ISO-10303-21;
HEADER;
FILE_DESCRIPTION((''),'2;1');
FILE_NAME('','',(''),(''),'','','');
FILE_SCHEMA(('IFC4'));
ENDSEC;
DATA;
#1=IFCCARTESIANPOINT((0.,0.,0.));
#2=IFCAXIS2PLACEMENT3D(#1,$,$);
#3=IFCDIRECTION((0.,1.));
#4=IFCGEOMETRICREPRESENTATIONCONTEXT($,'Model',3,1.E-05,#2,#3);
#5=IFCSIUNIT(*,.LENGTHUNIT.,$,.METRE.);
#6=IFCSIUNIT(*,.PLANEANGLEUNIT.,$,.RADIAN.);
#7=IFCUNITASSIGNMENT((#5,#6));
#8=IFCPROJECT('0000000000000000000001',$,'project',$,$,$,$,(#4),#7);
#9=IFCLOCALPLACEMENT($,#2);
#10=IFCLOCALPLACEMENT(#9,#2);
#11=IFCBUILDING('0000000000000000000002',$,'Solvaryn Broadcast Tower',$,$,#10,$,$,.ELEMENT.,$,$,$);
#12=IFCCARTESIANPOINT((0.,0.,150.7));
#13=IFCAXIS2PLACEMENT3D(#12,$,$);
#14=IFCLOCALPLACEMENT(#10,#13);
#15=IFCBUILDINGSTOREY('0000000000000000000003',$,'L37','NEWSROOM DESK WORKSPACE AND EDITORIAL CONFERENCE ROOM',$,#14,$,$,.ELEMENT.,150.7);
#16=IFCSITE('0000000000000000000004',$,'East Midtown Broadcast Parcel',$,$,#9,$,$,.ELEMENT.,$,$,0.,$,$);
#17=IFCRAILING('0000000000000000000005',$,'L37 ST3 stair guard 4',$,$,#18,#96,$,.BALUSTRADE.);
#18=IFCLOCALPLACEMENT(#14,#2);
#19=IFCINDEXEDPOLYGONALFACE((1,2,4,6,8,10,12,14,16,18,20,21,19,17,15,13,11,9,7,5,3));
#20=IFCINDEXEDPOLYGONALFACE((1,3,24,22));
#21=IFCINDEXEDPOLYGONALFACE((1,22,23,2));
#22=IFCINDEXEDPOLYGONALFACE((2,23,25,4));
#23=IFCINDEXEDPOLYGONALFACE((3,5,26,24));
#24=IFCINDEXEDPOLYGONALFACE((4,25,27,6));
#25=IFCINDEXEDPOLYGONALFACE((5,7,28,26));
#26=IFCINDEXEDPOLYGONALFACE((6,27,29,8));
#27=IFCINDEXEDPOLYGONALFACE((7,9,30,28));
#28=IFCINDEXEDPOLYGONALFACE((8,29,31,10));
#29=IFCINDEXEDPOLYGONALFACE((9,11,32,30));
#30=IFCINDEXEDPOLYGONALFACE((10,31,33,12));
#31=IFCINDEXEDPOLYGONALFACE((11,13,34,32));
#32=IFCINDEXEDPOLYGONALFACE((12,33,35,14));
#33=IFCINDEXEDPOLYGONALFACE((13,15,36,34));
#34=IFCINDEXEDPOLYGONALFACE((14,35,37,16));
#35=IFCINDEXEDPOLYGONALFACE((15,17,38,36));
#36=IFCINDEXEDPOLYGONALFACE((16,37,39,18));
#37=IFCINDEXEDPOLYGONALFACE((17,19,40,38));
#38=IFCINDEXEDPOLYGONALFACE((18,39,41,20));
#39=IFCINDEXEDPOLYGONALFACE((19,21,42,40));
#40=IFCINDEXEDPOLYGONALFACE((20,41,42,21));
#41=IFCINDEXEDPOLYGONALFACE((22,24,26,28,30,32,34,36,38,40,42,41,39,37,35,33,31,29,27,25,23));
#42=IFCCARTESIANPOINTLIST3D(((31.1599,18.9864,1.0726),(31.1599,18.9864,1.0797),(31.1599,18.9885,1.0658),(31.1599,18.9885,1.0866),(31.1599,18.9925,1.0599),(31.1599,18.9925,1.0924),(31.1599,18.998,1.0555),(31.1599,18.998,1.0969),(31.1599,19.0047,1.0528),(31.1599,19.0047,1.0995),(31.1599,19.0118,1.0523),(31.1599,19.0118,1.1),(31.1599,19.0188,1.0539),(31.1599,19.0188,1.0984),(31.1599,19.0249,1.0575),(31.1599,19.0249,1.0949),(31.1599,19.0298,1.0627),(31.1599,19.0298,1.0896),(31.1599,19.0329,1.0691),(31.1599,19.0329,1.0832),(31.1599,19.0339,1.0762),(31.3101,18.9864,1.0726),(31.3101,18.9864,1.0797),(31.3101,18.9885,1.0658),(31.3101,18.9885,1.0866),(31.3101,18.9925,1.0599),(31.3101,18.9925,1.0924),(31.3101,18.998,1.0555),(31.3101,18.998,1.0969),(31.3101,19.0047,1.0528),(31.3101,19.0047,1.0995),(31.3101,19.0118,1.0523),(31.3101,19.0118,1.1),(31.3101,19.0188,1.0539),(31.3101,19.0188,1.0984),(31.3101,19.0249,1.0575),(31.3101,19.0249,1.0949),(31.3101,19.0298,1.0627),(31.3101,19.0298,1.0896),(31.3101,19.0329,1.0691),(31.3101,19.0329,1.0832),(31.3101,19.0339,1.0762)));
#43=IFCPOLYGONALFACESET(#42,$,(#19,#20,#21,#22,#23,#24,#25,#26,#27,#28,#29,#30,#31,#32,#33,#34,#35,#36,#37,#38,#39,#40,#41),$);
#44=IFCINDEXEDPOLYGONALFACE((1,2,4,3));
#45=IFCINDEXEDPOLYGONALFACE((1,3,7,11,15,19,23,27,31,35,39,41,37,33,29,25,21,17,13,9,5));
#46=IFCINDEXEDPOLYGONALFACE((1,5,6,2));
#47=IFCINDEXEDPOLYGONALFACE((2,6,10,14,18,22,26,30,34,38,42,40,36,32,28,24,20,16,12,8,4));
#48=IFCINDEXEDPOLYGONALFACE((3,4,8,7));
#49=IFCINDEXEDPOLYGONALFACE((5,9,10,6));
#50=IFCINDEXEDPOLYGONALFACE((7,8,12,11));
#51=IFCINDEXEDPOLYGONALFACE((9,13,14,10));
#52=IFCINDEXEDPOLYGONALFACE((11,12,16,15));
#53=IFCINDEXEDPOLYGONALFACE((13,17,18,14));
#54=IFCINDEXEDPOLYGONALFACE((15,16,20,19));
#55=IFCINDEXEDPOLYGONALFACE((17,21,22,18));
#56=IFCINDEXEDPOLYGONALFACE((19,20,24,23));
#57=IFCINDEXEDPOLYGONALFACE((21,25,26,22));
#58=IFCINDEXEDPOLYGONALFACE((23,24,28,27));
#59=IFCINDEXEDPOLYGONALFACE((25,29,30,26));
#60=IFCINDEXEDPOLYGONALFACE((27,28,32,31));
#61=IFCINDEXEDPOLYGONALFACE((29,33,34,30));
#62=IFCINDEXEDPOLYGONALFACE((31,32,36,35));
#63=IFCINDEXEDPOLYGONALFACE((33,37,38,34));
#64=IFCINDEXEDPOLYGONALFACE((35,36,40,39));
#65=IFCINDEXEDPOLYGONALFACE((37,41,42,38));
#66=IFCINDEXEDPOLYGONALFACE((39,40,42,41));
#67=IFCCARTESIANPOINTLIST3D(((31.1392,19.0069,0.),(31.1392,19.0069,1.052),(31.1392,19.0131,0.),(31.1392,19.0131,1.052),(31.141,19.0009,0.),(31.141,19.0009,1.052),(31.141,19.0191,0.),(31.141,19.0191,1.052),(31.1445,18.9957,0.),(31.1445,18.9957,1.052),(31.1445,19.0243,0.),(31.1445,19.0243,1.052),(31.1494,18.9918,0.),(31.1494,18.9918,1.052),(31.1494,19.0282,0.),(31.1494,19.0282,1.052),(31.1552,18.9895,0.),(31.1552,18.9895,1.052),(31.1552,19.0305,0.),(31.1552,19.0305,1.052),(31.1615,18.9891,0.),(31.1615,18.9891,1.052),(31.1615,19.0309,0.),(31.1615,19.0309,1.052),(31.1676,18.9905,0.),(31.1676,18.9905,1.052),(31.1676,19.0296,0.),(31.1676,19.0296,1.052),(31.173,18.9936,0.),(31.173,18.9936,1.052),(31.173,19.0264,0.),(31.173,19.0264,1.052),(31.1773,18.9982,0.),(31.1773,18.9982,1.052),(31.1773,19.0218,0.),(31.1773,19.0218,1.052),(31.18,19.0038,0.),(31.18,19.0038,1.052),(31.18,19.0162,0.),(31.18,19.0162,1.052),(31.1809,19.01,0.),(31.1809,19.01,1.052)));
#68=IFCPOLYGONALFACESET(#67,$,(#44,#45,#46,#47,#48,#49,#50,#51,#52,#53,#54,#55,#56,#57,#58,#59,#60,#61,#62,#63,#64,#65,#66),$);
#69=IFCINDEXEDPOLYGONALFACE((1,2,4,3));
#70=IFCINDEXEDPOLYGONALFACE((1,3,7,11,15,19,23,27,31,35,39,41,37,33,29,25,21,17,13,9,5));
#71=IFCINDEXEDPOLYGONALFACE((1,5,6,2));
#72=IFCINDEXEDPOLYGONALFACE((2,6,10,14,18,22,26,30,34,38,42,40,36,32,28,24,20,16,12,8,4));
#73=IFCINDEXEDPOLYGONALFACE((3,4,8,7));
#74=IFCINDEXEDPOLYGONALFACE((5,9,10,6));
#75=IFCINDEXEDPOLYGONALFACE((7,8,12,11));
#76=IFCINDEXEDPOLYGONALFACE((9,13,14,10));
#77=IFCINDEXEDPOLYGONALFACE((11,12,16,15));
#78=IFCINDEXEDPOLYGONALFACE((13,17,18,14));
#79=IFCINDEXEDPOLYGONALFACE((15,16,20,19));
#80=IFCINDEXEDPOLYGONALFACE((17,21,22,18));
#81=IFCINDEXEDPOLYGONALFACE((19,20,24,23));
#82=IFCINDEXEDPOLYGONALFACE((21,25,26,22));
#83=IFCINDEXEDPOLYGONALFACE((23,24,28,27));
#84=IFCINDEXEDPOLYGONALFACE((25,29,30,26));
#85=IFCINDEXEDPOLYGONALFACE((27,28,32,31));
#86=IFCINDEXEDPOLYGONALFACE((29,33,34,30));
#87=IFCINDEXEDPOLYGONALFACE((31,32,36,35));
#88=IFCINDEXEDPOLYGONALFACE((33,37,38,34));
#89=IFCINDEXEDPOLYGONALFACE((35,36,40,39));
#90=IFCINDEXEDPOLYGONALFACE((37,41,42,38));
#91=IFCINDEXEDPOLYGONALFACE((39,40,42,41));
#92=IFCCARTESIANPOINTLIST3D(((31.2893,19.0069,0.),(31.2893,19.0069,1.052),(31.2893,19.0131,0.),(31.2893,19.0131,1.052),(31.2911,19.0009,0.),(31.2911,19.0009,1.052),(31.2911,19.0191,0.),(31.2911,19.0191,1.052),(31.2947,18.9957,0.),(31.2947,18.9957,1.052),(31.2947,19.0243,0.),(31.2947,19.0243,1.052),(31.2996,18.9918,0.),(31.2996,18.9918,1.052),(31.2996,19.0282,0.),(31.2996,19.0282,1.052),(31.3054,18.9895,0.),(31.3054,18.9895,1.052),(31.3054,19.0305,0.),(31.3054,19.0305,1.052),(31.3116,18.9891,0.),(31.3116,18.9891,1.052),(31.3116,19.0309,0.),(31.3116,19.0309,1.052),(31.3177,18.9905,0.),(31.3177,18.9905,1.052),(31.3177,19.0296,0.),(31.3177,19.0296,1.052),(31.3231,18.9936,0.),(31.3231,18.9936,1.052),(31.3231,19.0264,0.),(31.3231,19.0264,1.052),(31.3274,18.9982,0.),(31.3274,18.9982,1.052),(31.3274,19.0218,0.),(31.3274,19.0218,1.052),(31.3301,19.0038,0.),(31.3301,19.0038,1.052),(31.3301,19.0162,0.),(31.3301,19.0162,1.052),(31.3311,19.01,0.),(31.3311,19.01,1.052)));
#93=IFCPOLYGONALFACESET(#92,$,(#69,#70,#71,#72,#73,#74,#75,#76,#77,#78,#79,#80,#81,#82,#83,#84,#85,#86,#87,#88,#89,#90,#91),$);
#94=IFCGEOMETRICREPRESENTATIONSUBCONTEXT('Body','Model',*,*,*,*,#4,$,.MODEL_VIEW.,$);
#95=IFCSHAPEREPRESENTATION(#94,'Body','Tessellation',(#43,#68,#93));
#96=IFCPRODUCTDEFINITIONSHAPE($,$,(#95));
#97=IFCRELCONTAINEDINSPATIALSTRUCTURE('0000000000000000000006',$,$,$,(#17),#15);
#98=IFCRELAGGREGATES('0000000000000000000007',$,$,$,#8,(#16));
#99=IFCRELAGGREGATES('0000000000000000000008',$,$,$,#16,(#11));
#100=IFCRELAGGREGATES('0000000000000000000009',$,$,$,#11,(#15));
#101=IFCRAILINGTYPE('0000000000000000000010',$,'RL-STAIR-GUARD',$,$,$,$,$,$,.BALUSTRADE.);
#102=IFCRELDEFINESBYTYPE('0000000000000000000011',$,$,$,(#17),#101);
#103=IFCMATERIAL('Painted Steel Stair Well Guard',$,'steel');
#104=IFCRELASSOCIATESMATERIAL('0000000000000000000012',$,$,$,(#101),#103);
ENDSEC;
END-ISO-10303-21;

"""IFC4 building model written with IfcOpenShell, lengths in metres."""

from ifc_helpers import new_model, si_unit, direction, frame, origin, origin_2d, place, context, subcontext, project, spatial, circle, extrude, material, type_object, element, save


model = new_model("IFC4")

# Units and contexts
model_context = context("Model", 3, precision=1e-05, world=origin(), true_north=direction((0.0, 1.0)))
body_context = subcontext(model_context, "Body", "Model", "MODEL_VIEW")
ifc_project = project(units=[si_unit("LENGTHUNIT", "METRE"), si_unit("PLANEANGLEUNIT", "RADIAN")], contexts=[model_context])

# Site, building, storey
site_placement = place(None, origin())
site = spatial("IfcSite", under=ifc_project, at=site_placement, Name="East Midtown Broadcast Parcel", CompositionType="ELEMENT", RefElevation=0.0)
building_placement = place(site_placement, origin())
building = spatial("IfcBuilding", under=site, at=building_placement, Name="Solvaryn Broadcast Tower", CompositionType="ELEMENT")
storey_placement = place(building_placement, frame((0.0, 0.0, 150.7)))
storey = spatial("IfcBuildingStorey", under=building, at=storey_placement, Name="L37", Description="NEWSROOM DESK WORKSPACE AND EDITORIAL CONFERENCE ROOM", CompositionType="ELEMENT", Elevation=150.7)

# Railing
ifc_material_1 = material(Name="Painted Steel Stair Well Guard", Category="steel")
railing_type_1 = type_object("IfcRailingType", Name="RL-STAIR-GUARD", PredefinedType="BALUSTRADE", material=ifc_material_1)
railing_1_placement = place(storey_placement, frame((31.1599, 19.01, 0.0)))
element("IfcRailing", 1, at=railing_1_placement, inside=storey, type_object=railing_type_1, Name="L37 ST3 stair guard 4", PredefinedType="BALUSTRADE", context=body_context, shape_type="SweptSolid", body=[
    extrude(circle(Radius=0.0239, at=origin_2d()), frame((0.0, 0.0, 1.0762), z_axis=(1.0, 0.0, 0.0), x_axis=(0.0, 1.0, 0.0)), (0.0, 0.0, 1.0), 0.1501),
    extrude(circle(Radius=0.021, at=origin_2d()), origin(), (0.0, 0.0, 1.0), 1.052),
    extrude(circle(Radius=0.021, at=origin_2d()), frame((0.1501, 0.0, 0.0)), (0.0, 0.0, 1.0), 1.052),
])

save(model, "model.ifc")
